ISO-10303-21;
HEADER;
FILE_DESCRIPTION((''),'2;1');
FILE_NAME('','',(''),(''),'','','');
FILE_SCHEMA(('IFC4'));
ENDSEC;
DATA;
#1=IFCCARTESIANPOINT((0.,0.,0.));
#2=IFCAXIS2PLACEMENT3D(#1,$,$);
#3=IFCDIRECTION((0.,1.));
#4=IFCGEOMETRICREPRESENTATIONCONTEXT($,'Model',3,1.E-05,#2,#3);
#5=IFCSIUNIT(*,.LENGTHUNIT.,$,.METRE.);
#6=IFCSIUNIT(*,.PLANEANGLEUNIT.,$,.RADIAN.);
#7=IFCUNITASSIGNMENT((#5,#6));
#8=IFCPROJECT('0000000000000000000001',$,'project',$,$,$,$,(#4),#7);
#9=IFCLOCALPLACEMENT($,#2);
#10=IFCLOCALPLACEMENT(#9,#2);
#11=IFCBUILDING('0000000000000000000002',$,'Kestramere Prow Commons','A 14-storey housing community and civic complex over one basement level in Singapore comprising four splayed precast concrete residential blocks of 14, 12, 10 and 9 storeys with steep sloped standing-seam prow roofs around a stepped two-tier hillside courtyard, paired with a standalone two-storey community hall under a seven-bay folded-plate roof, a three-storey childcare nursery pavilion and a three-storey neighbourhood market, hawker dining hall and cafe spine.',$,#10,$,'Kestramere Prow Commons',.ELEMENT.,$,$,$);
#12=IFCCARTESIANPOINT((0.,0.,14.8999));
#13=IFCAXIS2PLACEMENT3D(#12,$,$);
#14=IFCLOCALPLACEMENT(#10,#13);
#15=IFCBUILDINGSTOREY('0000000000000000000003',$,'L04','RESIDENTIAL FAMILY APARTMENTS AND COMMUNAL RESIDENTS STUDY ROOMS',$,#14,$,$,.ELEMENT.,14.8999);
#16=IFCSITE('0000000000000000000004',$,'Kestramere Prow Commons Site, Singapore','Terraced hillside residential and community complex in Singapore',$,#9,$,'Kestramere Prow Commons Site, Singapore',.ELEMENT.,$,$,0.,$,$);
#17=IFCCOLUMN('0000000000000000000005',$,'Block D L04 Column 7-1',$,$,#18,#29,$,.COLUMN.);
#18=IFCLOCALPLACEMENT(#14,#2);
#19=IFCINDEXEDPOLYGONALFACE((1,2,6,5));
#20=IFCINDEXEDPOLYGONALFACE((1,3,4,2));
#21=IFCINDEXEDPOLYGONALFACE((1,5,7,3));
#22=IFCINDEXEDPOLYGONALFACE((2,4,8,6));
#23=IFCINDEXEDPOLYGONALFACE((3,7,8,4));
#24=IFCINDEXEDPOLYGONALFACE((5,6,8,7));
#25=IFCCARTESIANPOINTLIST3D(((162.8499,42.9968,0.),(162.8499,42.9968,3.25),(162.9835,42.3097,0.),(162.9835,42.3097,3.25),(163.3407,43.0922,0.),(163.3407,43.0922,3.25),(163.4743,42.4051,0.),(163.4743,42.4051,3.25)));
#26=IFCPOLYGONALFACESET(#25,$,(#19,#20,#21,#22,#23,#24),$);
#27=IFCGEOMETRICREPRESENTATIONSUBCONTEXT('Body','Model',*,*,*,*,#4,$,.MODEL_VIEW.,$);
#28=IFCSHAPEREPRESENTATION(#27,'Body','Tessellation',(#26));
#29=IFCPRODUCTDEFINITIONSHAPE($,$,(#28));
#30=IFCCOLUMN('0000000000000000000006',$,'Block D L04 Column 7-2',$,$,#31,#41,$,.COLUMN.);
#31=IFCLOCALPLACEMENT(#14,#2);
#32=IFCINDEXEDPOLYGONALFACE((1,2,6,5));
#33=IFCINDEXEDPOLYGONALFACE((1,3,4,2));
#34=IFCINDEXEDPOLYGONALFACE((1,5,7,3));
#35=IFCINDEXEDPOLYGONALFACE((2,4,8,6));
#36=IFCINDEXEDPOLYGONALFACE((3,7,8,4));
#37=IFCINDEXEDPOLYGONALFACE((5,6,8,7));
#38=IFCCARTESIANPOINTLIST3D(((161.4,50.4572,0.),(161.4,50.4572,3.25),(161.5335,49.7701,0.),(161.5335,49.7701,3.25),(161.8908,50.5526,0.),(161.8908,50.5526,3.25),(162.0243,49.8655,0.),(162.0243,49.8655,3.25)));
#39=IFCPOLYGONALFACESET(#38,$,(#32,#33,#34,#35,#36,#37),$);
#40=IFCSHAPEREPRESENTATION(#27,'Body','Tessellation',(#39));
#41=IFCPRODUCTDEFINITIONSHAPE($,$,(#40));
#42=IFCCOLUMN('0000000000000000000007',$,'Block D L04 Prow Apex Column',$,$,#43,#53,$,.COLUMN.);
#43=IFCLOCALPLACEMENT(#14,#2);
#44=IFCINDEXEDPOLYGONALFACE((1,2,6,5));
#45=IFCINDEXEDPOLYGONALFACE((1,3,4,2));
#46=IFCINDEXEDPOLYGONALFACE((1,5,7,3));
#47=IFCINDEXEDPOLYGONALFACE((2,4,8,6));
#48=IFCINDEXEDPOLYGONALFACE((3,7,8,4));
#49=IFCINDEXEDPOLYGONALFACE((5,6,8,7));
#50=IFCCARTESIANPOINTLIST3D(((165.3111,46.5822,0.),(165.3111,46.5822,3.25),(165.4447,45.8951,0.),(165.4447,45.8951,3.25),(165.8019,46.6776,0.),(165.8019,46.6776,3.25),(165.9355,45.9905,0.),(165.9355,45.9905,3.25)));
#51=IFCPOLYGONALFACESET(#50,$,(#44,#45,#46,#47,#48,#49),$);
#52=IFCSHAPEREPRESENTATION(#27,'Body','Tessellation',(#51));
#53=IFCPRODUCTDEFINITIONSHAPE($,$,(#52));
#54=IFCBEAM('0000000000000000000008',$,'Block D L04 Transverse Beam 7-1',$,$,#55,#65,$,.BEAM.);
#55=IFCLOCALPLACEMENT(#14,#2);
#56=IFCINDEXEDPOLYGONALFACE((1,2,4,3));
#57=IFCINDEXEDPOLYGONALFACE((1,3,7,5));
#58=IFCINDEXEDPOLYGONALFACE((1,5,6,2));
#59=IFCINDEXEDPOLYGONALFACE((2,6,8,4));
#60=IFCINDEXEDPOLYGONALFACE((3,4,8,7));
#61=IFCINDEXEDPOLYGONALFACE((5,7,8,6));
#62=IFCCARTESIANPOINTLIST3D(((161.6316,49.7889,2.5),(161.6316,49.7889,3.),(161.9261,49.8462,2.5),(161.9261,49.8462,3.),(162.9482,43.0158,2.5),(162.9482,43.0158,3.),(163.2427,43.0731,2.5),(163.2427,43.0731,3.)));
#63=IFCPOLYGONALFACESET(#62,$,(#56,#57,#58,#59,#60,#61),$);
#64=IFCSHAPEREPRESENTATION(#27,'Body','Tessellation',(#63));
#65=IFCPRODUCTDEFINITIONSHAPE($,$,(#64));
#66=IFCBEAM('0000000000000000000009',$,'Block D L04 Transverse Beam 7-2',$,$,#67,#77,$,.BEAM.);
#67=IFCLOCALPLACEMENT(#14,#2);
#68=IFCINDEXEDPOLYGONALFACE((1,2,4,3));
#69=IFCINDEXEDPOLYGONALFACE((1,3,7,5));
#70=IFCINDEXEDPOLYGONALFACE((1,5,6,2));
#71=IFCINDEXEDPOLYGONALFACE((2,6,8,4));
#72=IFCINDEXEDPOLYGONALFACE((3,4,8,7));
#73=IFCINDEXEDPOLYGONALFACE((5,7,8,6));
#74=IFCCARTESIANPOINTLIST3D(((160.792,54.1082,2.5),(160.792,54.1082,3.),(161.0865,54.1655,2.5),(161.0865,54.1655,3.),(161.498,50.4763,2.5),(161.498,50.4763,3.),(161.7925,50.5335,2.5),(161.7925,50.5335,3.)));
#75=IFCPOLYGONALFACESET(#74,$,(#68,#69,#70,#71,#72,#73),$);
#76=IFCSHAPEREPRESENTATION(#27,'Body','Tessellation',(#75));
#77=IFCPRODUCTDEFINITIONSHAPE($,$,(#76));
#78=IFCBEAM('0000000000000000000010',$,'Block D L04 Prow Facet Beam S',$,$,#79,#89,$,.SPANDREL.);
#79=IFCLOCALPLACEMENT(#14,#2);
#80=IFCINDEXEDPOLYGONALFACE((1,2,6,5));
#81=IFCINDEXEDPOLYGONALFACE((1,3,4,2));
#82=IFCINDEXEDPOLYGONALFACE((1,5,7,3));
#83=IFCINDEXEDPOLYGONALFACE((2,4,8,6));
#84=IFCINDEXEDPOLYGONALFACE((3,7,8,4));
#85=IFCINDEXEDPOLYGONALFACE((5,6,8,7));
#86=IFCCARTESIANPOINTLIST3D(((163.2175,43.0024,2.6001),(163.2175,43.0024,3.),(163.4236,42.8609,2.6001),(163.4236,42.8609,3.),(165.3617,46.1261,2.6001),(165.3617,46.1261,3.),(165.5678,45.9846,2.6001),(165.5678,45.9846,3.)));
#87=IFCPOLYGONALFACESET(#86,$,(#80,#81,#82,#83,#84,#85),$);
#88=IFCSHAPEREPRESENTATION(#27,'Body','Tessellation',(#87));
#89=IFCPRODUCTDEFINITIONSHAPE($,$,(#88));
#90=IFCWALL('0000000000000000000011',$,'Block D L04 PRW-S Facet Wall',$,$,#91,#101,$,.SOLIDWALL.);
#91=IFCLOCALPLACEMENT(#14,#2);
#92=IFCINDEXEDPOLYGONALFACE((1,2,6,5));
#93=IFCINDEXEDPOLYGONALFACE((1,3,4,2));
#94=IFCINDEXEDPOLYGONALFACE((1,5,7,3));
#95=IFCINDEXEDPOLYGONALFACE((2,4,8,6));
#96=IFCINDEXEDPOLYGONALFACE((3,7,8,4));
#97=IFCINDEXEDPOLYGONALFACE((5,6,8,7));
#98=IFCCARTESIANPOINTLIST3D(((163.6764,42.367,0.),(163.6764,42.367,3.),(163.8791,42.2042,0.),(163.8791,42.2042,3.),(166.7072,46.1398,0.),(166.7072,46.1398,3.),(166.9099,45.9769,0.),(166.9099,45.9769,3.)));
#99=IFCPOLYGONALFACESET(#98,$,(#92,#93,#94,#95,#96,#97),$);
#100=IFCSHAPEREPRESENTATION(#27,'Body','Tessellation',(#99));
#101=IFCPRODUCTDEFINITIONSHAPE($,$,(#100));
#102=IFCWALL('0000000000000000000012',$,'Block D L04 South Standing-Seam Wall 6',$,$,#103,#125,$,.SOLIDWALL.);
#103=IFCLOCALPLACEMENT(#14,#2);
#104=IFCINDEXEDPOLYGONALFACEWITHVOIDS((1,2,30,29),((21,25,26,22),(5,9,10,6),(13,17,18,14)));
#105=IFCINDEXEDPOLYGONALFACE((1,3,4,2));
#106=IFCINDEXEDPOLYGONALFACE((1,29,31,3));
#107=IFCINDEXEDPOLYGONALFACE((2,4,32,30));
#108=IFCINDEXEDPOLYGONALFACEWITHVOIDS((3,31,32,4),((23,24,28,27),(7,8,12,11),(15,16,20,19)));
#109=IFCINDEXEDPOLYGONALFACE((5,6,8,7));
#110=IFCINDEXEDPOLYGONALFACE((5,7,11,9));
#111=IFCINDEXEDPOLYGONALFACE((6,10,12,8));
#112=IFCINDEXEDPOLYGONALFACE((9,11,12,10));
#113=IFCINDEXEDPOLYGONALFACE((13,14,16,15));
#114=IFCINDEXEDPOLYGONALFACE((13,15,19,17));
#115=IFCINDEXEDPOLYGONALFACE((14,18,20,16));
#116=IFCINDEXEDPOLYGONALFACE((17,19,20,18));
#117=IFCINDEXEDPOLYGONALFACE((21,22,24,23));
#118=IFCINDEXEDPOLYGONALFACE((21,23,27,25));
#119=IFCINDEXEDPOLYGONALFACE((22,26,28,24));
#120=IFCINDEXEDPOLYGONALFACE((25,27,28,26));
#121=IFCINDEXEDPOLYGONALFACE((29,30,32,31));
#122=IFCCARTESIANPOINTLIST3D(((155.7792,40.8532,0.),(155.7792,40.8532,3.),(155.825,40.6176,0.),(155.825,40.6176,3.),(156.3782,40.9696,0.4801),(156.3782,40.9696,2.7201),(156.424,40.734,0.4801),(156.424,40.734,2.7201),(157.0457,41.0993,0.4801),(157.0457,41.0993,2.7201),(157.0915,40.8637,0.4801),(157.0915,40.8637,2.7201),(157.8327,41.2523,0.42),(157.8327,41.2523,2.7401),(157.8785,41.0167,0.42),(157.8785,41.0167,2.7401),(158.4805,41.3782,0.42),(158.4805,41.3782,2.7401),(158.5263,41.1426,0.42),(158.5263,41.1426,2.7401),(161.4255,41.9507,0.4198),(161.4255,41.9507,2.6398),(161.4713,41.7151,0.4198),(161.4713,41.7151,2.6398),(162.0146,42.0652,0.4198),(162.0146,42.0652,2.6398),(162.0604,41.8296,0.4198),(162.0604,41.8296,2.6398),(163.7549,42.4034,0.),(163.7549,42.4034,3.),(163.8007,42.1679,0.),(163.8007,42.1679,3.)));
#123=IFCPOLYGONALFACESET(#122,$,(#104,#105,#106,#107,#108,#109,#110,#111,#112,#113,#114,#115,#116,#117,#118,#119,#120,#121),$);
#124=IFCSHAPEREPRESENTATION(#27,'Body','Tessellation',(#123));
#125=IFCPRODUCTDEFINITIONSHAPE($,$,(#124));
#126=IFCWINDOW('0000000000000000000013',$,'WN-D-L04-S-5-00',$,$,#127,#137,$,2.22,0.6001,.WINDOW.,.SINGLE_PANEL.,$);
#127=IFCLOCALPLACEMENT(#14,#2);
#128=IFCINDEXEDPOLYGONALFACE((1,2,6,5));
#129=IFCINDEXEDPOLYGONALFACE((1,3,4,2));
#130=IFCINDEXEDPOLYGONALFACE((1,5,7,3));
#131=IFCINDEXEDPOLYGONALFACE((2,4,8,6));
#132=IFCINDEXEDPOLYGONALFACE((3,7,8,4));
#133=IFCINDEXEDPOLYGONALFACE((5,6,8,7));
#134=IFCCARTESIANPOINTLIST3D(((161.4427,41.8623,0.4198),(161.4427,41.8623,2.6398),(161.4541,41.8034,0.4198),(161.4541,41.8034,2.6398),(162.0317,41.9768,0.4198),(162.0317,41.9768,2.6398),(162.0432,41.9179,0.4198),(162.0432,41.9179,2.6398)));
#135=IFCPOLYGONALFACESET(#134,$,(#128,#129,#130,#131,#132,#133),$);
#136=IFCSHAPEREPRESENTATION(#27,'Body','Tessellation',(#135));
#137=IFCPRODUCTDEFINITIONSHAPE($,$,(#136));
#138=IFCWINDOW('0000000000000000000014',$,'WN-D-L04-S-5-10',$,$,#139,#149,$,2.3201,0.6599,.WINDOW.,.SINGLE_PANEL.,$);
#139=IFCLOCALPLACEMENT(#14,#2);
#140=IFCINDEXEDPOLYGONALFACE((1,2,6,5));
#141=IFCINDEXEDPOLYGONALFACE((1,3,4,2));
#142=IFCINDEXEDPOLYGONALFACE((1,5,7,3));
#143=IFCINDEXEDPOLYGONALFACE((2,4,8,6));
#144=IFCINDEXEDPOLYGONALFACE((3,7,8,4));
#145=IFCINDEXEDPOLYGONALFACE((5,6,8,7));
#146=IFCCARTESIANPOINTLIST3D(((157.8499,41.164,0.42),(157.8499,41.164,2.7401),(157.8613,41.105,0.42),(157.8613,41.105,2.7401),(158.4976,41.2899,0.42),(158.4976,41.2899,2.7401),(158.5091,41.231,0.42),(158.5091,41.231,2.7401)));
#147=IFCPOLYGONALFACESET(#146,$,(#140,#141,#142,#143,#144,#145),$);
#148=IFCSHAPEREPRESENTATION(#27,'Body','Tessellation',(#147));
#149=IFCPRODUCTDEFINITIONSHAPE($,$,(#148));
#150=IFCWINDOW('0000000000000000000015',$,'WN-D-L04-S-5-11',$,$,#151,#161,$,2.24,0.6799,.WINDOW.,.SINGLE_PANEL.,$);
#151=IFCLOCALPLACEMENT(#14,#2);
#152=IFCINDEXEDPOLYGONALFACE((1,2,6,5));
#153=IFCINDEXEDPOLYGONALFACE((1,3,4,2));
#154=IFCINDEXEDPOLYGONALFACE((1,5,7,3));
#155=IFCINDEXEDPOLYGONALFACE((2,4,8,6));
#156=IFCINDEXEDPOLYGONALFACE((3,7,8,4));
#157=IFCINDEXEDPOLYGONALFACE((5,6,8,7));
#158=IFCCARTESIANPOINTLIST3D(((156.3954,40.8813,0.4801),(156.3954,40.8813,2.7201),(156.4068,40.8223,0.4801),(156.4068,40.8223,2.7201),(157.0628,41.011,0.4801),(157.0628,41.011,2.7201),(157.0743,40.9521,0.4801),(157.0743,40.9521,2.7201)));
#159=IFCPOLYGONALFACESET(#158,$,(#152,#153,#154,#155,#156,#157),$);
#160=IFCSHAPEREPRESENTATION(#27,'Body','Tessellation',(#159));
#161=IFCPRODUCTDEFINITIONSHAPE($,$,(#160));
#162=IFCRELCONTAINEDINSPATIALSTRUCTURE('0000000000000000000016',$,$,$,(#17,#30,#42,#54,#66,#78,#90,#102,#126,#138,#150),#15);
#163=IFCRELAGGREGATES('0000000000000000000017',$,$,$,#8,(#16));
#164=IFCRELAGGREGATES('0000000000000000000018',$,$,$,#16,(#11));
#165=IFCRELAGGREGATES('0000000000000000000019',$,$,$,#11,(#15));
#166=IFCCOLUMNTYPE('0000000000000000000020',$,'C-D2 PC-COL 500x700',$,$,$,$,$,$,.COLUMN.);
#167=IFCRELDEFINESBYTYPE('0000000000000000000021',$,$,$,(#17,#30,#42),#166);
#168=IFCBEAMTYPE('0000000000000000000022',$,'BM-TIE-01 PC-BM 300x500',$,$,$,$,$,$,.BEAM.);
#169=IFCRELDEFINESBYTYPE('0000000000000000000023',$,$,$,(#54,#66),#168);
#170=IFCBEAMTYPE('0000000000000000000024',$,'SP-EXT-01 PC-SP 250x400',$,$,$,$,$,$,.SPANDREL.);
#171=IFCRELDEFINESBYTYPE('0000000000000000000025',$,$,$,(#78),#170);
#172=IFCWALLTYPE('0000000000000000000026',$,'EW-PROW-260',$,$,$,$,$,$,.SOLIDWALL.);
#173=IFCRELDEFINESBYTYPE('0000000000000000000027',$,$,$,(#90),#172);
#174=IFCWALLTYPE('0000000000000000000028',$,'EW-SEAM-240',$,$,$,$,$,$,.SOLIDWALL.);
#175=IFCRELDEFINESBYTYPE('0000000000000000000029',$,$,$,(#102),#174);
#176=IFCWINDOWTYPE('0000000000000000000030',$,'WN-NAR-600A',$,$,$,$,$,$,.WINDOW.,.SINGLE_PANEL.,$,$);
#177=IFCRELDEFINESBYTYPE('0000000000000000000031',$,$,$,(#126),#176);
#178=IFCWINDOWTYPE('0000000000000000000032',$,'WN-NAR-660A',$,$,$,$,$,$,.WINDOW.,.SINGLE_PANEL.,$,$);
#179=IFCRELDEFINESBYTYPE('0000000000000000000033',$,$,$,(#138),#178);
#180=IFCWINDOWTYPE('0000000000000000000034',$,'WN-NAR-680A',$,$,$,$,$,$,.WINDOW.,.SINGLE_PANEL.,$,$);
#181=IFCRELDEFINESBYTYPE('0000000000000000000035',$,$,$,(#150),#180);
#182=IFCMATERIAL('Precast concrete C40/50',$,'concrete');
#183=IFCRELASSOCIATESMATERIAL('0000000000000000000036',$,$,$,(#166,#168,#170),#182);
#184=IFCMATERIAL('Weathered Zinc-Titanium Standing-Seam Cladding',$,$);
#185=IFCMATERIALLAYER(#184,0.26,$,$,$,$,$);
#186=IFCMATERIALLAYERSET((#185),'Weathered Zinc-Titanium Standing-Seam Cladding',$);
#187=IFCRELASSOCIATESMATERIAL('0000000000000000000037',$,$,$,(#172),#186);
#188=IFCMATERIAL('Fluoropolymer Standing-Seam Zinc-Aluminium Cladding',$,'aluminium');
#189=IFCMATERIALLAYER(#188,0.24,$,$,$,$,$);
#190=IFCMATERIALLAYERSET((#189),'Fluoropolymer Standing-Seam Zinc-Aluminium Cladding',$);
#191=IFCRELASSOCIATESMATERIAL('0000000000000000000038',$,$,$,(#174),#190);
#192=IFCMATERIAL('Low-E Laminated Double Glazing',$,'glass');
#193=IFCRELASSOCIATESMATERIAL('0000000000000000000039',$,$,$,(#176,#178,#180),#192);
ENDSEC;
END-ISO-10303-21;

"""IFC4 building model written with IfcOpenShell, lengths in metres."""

from ifc_helpers import new_model, si_unit, direction, frame, frame_2d, origin, origin_2d, place, context, subcontext, project, spatial, rectangle, extrude, material, layer, layer_set, material_profile, profile_set, type_object, element, fill, save


model = new_model("IFC4")

# Units and contexts
model_context = context("Model", 3, precision=1e-05, world=origin(), true_north=direction((0.0, 1.0)))
body_context = subcontext(model_context, "Body", "Model", "MODEL_VIEW")
ifc_project = project(units=[si_unit("LENGTHUNIT", "METRE"), si_unit("PLANEANGLEUNIT", "RADIAN")], contexts=[model_context])

# Site, building, storey
site_placement = place(None, origin())
site = spatial("IfcSite", under=ifc_project, at=site_placement, Name="Kestramere Prow Commons Site, Singapore", Description="Terraced hillside residential and community complex in Singapore", LongName="Kestramere Prow Commons Site, Singapore", CompositionType="ELEMENT", RefElevation=0.0)
building_placement = place(site_placement, origin())
building = spatial("IfcBuilding", under=site, at=building_placement, Name="Kestramere Prow Commons", Description="A 14-storey housing community and civic complex over one basement level in Singapore comprising four splayed precast concrete residential blocks of 14, 12, 10 and 9 storeys with steep sloped standing-seam prow roofs around a stepped two-tier hillside courtyard, paired with a standalone two-storey community hall under a seven-bay folded-plate roof, a three-storey childcare nursery pavilion and a three-storey neighbourhood market, hawker dining hall and cafe spine.", LongName="Kestramere Prow Commons", CompositionType="ELEMENT")
storey_placement = place(building_placement, frame((0.0, 0.0, 14.8999)))
storey = spatial("IfcBuildingStorey", under=building, at=storey_placement, Name="L04", Description="RESIDENTIAL FAMILY APARTMENTS AND COMMUNAL RESIDENTS STUDY ROOMS", CompositionType="ELEMENT", Elevation=14.8999)

# Columns
ifc_material_1 = material(Name="Precast concrete C40/50", Category="concrete")
ifc_material_profile_1 = material_profile(ifc_material_1, rectangle(XDim=0.5, YDim=0.7, at=origin_2d()), Name="PC-COL 500x700")
ifc_profile_set_1 = profile_set([ifc_material_profile_1], Name="Precast concrete C40/50")
column_type = type_object("IfcColumnType", Name="C-D2 PC-COL 500x700", PredefinedType="COLUMN", material=ifc_profile_set_1)
for number, where, z_axis, x_axis, name in (
    (1, (163.1621, 42.7009, 0.0), (0.0, 0.0, 1.0), (0.981627, 0.190809, 0.0), "Block D L04 Column 7-1"),
    (2, (161.7122, 50.1614, 0.0), (0.0, 0.0, 1.0), (0.981627, 0.190809, 0.0), "Block D L04 Column 7-2"),
    (3, (165.6233, 46.2864, 0.0), (0.0, 0.0, 1.0), (0.981627, 0.190809, 0.0), "Block D L04 Prow Apex Column"),
):
    element("IfcColumn", number, at=place(storey_placement, frame(where, z_axis=z_axis, x_axis=x_axis)), inside=storey, type_object=column_type, Name=name, PredefinedType="COLUMN", context=body_context, shape_type="SweptSolid", body=[
        extrude(rectangle(XDim=0.5, YDim=0.7, at=origin_2d()), origin(), (0.0, 0.0, 1.0), 3.25),
    ])

# Beams
ifc_material_profile_2 = material_profile(ifc_material_1, rectangle(XDim=0.3, YDim=0.5, at=origin_2d()), Name="PC-BM 300x500")
ifc_profile_set_2 = profile_set([ifc_material_profile_2], Name="Precast concrete C40/50")
beam_type_1 = type_object("IfcBeamType", Name="BM-TIE-01 PC-BM 300x500", PredefinedType="BEAM", material=ifc_profile_set_2)
beam_1_placement = place(storey_placement, frame((163.0955, 43.0444, 2.75), z_axis=(-0.190819, 0.981625, 0.0), x_axis=(-0.981625, -0.190819, 0.0)))
element("IfcBeam", 4, at=beam_1_placement, inside=storey, type_object=beam_type_1, Name="Block D L04 Transverse Beam 7-1", PredefinedType="BEAM", context=body_context, shape_type="SweptSolid", body=[
    extrude(rectangle(XDim=0.3, YDim=0.5, at=origin_2d()), origin(), (0.0, 0.0, 1.0), 6.8999),
])
beam_2_placement = place(storey_placement, frame((161.6453, 50.5049, 2.75), z_axis=(-0.190822, 0.981625, 0.0), x_axis=(-0.981625, -0.190822, 0.0)))
element("IfcBeam", 5, at=beam_2_placement, inside=storey, type_object=beam_type_1, Name="Block D L04 Transverse Beam 7-2", PredefinedType="BEAM", context=body_context, shape_type="SweptSolid", body=[
    extrude(rectangle(XDim=0.3, YDim=0.5, at=origin_2d()), origin(), (0.0, 0.0, 1.0), 3.7),
])
ifc_material_profile_3 = material_profile(ifc_material_1, rectangle(XDim=0.25, YDim=0.3999, at=origin_2d()), Name="PC-SP 250x400")
ifc_profile_set_3 = profile_set([ifc_material_profile_3], Name="Precast concrete C40/50")
beam_type_2 = type_object("IfcBeamType", Name="SP-EXT-01 PC-SP 250x400", PredefinedType="SPANDREL", material=ifc_profile_set_3)
beam_3_placement = place(storey_placement, frame((163.3206, 42.9316, 2.8), z_axis=(0.565935, 0.82445, 0.0), x_axis=(-0.82445, 0.565935, 0.0)))
element("IfcBeam", 6, at=beam_3_placement, inside=storey, type_object=beam_type_2, Name="Block D L04 Prow Facet Beam S", PredefinedType="SPANDREL", context=body_context, shape_type="SweptSolid", body=[
    extrude(rectangle(XDim=0.25, YDim=0.3999, at=origin_2d()), origin(), (0.0, 0.0, 1.0), 3.7888),
])

# Wall
ifc_material_2 = material(Name="Weathered Zinc-Titanium Standing-Seam Cladding")
ifc_layer_1 = layer(ifc_material_2, 0.26)
ifc_layer_set_1 = layer_set([ifc_layer_1], Name="Weathered Zinc-Titanium Standing-Seam Cladding")
wall_type_1 = type_object("IfcWallType", Name="EW-PROW-260", PredefinedType="SOLIDWALL", material=ifc_layer_set_1)
wall_1_placement = place(storey_placement, frame((166.8086, 46.0583, 0.0), z_axis=(0.0, 0.0, 1.0), x_axis=(-0.626281, -0.779597, 0.0)))
element("IfcWall", 7, at=wall_1_placement, inside=storey, type_object=wall_type_1, Name="Block D L04 PRW-S Facet Wall", PredefinedType="SOLIDWALL", context=body_context, shape_type="SweptSolid", body=[
    extrude(rectangle(XDim=4.8394, YDim=0.26, at=frame_2d((2.4197, 0.0))), origin(), (0.0, 0.0, 1.0), 3.0),
])

# Wall, openings, windows
ifc_material_3 = material(Name="Fluoropolymer Standing-Seam Zinc-Aluminium Cladding", Category="aluminium")
ifc_layer_2 = layer(ifc_material_3, 0.24)
ifc_layer_set_2 = layer_set([ifc_layer_2], Name="Fluoropolymer Standing-Seam Zinc-Aluminium Cladding")
wall_type_2 = type_object("IfcWallType", Name="EW-SEAM-240", PredefinedType="SOLIDWALL", material=ifc_layer_set_2)
wall_2_placement = place(storey_placement, frame((163.7778, 42.2856, 0.0), z_axis=(0.0, 0.0, 1.0), x_axis=(-0.981628, -0.190803, 0.0)))
wall_2 = element("IfcWall", 8, at=wall_2_placement, inside=storey, type_object=wall_type_2, Name="Block D L04 South Standing-Seam Wall 6", PredefinedType="SOLIDWALL", context=body_context, shape_type="SweptSolid", body=[
    extrude(rectangle(XDim=8.125, YDim=0.24, at=frame_2d((4.0625, 0.0))), origin(), (0.0, 0.0, 1.0), 3.0),
])
opening_1_placement = place(wall_2_placement, frame((1.7729, 0.0, 0.4199)))
opening_1 = element("IfcOpeningElement", 9, at=opening_1_placement, cuts=wall_2, PredefinedType="OPENING", context=body_context, shape_type="SweptSolid", body=[
    extrude(rectangle(XDim=0.6001, YDim=2.22, at=frame_2d((0.3, 1.1099))), frame((0.0, 0.135, 0.0), z_axis=(0.0, -1.0, 0.0), x_axis=(1.0, 0.0, 0.0)), (0.0, 0.0, 1.0), 0.27),
])
opening_2_placement = place(wall_2_placement, frame((5.373, 0.0, 0.4199)))
opening_2 = element("IfcOpeningElement", 10, at=opening_2_placement, cuts=wall_2, PredefinedType="OPENING", context=body_context, shape_type="SweptSolid", body=[
    extrude(rectangle(XDim=0.6599, YDim=2.3201, at=frame_2d((0.3301, 1.1602))), frame((0.0, 0.135, 0.0), z_axis=(0.0, -1.0, 0.0), x_axis=(1.0, 0.0, 0.0)), (0.0, 0.0, 1.0), 0.27),
])
opening_3_placement = place(wall_2_placement, frame((6.835, 0.0, 0.48)))
opening_3 = element("IfcOpeningElement", 11, at=opening_3_placement, cuts=wall_2, PredefinedType="OPENING", context=body_context, shape_type="SweptSolid", body=[
    extrude(rectangle(XDim=0.6799, YDim=2.24, at=frame_2d((0.3398, 1.1201))), frame((0.0, 0.135, 0.0), z_axis=(0.0, -1.0, 0.0), x_axis=(1.0, 0.0, 0.0)), (0.0, 0.0, 1.0), 0.27),
])
ifc_material_4 = material(Name="Low-E Laminated Double Glazing", Category="glass")
window_type_1 = type_object("IfcWindowType", Name="WN-NAR-600A", PartitioningType="SINGLE_PANEL", PredefinedType="WINDOW", material=ifc_material_4)
window_1_placement = place(opening_1_placement, origin())
window_1 = element("IfcWindow", 12, at=window_1_placement, inside=storey, type_object=window_type_1, Name="WN-D-L04-S-5-00", OverallHeight=2.22, OverallWidth=0.6001, PartitioningType="SINGLE_PANEL", PredefinedType="WINDOW", context=body_context, shape_type="SweptSolid", body=[
    extrude(rectangle(XDim=0.6001, YDim=2.22, at=frame_2d((0.3, 1.1099))), frame((0.0, 0.03, 0.0), z_axis=(0.0, -1.0, 0.0), x_axis=(1.0, 0.0, 0.0)), (0.0, 0.0, 1.0), 0.0601),
])
fill(opening_1, window_1)
window_type_2 = type_object("IfcWindowType", Name="WN-NAR-660A", PartitioningType="SINGLE_PANEL", PredefinedType="WINDOW", material=ifc_material_4)
window_2_placement = place(opening_2_placement, origin())
window_2 = element("IfcWindow", 13, at=window_2_placement, inside=storey, type_object=window_type_2, Name="WN-D-L04-S-5-10", OverallHeight=2.3201, OverallWidth=0.6599, PartitioningType="SINGLE_PANEL", PredefinedType="WINDOW", context=body_context, shape_type="SweptSolid", body=[
    extrude(rectangle(XDim=0.6599, YDim=2.3201, at=frame_2d((0.3301, 1.1602))), frame((0.0, 0.03, 0.0), z_axis=(0.0, -1.0, 0.0), x_axis=(1.0, 0.0, 0.0)), (0.0, 0.0, 1.0), 0.0601),
])
fill(opening_2, window_2)
window_type_3 = type_object("IfcWindowType", Name="WN-NAR-680A", PartitioningType="SINGLE_PANEL", PredefinedType="WINDOW", material=ifc_material_4)
window_3_placement = place(opening_3_placement, origin())
window_3 = element("IfcWindow", 14, at=window_3_placement, inside=storey, type_object=window_type_3, Name="WN-D-L04-S-5-11", OverallHeight=2.24, OverallWidth=0.6799, PartitioningType="SINGLE_PANEL", PredefinedType="WINDOW", context=body_context, shape_type="SweptSolid", body=[
    extrude(rectangle(XDim=0.6799, YDim=2.24, at=frame_2d((0.3398, 1.1201))), frame((0.0, 0.03, 0.0), z_axis=(0.0, -1.0, 0.0), x_axis=(1.0, 0.0, 0.0)), (0.0, 0.0, 1.0), 0.0601),
])
fill(opening_3, window_3)

save(model, "model.ifc")
